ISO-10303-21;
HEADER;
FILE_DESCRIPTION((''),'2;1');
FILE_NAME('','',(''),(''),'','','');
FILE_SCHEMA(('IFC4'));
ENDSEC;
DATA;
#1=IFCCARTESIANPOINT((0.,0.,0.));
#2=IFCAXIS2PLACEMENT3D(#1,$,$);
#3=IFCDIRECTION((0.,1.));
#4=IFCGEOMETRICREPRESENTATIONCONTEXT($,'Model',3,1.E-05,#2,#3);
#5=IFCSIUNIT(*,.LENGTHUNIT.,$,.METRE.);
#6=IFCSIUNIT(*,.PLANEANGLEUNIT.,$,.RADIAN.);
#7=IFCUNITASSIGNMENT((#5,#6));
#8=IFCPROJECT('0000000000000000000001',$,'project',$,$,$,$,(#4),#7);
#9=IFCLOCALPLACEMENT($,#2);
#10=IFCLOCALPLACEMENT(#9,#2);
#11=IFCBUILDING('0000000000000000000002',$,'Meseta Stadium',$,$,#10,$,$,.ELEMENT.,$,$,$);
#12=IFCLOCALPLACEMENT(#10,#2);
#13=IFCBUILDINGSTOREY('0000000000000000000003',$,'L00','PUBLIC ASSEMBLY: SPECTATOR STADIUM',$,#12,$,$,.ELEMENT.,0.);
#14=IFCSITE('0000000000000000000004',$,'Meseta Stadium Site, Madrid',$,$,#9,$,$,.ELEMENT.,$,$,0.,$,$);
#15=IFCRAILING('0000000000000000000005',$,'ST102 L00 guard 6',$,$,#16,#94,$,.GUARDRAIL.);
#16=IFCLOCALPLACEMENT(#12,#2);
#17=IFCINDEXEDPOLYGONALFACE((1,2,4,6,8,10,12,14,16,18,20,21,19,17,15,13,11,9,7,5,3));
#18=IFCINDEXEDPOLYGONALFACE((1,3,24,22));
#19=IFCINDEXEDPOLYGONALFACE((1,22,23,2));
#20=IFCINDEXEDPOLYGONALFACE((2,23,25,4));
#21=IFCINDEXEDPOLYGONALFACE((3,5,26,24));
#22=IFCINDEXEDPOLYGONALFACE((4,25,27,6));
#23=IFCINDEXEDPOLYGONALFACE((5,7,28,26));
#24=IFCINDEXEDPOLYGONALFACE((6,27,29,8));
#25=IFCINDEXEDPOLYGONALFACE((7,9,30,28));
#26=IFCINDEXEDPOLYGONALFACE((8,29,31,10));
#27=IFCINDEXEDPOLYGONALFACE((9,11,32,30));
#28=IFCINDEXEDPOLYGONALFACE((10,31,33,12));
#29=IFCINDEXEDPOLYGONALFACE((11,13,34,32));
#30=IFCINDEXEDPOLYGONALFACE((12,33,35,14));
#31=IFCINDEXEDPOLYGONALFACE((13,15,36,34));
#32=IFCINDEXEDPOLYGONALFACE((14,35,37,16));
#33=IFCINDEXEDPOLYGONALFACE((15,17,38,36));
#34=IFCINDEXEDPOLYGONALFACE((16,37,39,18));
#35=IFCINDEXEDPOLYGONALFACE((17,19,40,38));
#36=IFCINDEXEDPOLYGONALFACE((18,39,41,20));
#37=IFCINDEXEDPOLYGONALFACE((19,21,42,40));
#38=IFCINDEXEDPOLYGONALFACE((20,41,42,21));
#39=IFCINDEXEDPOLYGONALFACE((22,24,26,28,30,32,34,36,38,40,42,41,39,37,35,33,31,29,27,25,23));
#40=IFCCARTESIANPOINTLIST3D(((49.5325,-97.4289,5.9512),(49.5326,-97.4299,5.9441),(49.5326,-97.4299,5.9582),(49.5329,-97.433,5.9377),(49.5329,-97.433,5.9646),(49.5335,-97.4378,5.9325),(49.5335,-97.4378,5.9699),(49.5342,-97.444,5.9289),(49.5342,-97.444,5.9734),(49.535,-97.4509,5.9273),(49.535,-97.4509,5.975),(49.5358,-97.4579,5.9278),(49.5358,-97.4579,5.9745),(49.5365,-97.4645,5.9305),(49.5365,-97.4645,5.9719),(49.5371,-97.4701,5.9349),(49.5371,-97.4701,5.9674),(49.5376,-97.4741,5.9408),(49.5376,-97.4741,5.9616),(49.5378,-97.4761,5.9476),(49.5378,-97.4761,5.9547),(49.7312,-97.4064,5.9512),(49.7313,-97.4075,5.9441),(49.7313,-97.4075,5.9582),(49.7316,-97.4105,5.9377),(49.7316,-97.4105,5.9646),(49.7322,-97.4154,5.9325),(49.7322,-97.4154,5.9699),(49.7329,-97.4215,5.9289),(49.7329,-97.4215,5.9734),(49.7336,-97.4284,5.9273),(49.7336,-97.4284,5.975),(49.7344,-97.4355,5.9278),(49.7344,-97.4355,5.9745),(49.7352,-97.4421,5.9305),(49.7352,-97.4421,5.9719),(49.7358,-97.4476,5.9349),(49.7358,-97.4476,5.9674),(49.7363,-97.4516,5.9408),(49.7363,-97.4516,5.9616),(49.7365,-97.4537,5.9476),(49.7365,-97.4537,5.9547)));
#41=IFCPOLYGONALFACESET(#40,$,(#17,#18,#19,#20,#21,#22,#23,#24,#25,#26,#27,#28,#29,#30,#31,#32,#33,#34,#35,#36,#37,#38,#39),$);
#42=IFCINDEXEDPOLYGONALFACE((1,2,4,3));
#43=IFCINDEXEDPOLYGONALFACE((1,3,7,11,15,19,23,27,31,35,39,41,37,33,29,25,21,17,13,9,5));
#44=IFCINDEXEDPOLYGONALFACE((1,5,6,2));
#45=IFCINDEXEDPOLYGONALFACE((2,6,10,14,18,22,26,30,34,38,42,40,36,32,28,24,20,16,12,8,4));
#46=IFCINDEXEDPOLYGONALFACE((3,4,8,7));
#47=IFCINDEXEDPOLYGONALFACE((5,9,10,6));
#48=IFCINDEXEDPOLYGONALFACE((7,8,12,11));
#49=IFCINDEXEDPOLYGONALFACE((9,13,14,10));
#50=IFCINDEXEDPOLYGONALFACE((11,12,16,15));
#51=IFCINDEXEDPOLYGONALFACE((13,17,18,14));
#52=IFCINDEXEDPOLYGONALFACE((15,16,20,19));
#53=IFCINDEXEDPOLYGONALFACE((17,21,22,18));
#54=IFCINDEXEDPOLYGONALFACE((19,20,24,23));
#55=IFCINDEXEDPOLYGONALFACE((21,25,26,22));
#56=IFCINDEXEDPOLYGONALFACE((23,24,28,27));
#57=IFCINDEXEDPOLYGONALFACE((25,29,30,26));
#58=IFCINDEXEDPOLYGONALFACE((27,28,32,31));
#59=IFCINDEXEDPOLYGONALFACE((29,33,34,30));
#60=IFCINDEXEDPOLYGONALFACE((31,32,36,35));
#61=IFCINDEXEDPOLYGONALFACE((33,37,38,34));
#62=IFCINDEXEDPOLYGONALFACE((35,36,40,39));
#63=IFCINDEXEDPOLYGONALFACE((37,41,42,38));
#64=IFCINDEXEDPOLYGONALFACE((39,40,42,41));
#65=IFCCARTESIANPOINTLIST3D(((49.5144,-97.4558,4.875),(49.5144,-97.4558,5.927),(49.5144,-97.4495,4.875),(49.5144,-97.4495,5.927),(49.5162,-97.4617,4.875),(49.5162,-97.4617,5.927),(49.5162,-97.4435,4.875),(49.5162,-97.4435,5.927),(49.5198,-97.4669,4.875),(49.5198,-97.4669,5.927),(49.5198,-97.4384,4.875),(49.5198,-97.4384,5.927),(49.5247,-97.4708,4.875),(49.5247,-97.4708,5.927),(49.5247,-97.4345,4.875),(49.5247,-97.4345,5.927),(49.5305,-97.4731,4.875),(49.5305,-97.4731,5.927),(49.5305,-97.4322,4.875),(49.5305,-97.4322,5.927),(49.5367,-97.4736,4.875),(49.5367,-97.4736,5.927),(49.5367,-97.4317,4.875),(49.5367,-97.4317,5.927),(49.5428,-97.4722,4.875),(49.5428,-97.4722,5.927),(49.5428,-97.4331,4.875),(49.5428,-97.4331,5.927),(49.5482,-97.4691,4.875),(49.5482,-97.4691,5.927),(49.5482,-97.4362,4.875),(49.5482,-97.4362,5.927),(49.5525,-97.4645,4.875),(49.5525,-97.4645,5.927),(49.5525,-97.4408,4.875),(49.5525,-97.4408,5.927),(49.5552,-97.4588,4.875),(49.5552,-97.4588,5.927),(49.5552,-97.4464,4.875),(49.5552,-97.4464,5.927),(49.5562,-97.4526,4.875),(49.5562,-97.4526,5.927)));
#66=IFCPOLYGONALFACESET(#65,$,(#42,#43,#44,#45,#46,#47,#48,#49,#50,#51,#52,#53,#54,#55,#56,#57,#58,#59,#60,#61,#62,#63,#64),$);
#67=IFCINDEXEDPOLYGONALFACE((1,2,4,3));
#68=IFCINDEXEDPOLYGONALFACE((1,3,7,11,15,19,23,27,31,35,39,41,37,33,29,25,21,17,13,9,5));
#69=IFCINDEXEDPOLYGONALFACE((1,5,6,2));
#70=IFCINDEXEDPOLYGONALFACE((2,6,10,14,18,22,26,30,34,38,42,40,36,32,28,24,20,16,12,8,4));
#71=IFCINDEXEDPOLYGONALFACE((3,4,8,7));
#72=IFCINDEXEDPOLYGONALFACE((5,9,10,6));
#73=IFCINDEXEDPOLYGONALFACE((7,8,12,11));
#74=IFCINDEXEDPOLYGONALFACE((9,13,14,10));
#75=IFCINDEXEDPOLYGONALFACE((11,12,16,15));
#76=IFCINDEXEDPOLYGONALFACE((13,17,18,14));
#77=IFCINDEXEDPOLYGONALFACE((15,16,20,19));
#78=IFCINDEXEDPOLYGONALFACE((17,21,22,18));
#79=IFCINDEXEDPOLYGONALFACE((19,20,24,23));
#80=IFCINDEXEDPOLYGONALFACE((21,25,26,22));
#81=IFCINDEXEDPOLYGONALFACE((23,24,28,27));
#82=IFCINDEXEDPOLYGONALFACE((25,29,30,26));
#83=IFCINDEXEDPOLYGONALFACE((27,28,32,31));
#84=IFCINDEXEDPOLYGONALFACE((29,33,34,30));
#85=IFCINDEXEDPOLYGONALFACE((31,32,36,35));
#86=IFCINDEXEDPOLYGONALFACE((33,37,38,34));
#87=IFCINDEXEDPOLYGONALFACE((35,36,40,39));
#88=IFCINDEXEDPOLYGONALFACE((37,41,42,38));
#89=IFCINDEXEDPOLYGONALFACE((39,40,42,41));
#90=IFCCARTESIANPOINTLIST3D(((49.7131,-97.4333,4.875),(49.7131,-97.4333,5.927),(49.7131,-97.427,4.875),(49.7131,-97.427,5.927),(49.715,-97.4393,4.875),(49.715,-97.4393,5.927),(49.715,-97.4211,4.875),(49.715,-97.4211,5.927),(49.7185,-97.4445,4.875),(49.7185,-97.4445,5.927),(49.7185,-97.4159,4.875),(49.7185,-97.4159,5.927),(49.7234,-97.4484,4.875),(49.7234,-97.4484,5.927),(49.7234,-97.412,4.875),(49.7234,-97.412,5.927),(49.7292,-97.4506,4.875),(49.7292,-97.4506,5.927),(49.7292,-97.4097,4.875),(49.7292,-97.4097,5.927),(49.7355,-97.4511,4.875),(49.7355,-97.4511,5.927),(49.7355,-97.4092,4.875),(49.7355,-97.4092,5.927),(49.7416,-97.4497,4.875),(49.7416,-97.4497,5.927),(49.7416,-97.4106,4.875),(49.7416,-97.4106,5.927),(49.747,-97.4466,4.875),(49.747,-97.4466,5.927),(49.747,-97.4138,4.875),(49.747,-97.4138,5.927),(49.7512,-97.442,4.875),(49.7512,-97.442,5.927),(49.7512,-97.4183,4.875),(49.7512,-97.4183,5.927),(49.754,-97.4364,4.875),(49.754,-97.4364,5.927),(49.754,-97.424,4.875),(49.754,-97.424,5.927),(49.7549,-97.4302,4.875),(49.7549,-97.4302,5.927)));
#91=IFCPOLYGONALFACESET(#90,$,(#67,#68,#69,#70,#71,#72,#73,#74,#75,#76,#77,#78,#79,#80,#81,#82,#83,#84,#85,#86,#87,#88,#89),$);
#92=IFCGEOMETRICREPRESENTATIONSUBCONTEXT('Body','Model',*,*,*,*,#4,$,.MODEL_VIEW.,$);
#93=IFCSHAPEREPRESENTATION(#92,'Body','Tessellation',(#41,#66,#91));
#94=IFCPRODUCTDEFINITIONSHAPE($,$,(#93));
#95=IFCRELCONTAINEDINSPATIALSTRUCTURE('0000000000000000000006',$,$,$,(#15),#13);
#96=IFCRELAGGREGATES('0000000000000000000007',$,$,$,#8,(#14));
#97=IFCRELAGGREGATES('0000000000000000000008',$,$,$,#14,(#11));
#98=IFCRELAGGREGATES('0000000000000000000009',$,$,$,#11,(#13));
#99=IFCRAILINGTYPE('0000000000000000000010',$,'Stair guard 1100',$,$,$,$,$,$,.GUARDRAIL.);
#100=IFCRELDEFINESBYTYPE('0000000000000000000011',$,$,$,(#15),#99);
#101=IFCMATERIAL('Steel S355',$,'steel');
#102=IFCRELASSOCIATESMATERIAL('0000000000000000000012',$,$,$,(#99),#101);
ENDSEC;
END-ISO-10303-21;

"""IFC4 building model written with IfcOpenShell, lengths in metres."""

from ifc_helpers import new_model, si_unit, direction, frame, origin, origin_2d, place, context, subcontext, project, spatial, circle, extrude, material, type_object, element, save


model = new_model("IFC4")

# Units and contexts
model_context = context("Model", 3, precision=1e-05, world=origin(), true_north=direction((0.0, 1.0)))
body_context = subcontext(model_context, "Body", "Model", "MODEL_VIEW")
ifc_project = project(units=[si_unit("LENGTHUNIT", "METRE"), si_unit("PLANEANGLEUNIT", "RADIAN")], contexts=[model_context])

# Site, building, storey
site_placement = place(None, origin())
site = spatial("IfcSite", under=ifc_project, at=site_placement, Name="Meseta Stadium Site, Madrid", CompositionType="ELEMENT", RefElevation=0.0)
building_placement = place(site_placement, origin())
building = spatial("IfcBuilding", under=site, at=building_placement, Name="Meseta Stadium", CompositionType="ELEMENT")
storey_placement = place(building_placement, origin())
storey = spatial("IfcBuildingStorey", under=building, at=storey_placement, Name="L00", Description="PUBLIC ASSEMBLY: SPECTATOR STADIUM", CompositionType="ELEMENT", Elevation=0.0)

# Railing
ifc_material_1 = material(Name="Steel S355", Category="steel")
railing_type_1 = type_object("IfcRailingType", Name="Stair guard 1100", PredefinedType="GUARDRAIL", material=ifc_material_1)
railing_1_placement = place(storey_placement, frame((49.5352, -97.4526, 4.875)))
element("IfcRailing", 1, at=railing_1_placement, inside=storey, type_object=railing_type_1, Name="ST102 L00 guard 6", PredefinedType="GUARDRAIL", context=body_context, shape_type="SweptSolid", body=[
    extrude(circle(Radius=0.0239, at=origin_2d()), frame((0.0, 0.0, 1.0762), z_axis=(0.993674, 0.112307, 0.0), x_axis=(-0.112307, 0.993674, 0.0)), (0.0, 0.0, 1.0), 0.2),
    extrude(circle(Radius=0.021, at=origin_2d()), origin(), (0.0, 0.0, 1.0), 1.052),
    extrude(circle(Radius=0.021, at=origin_2d()), frame((0.1987, 0.0225, 0.0)), (0.0, 0.0, 1.0), 1.052),
])

save(model, "model.ifc")
